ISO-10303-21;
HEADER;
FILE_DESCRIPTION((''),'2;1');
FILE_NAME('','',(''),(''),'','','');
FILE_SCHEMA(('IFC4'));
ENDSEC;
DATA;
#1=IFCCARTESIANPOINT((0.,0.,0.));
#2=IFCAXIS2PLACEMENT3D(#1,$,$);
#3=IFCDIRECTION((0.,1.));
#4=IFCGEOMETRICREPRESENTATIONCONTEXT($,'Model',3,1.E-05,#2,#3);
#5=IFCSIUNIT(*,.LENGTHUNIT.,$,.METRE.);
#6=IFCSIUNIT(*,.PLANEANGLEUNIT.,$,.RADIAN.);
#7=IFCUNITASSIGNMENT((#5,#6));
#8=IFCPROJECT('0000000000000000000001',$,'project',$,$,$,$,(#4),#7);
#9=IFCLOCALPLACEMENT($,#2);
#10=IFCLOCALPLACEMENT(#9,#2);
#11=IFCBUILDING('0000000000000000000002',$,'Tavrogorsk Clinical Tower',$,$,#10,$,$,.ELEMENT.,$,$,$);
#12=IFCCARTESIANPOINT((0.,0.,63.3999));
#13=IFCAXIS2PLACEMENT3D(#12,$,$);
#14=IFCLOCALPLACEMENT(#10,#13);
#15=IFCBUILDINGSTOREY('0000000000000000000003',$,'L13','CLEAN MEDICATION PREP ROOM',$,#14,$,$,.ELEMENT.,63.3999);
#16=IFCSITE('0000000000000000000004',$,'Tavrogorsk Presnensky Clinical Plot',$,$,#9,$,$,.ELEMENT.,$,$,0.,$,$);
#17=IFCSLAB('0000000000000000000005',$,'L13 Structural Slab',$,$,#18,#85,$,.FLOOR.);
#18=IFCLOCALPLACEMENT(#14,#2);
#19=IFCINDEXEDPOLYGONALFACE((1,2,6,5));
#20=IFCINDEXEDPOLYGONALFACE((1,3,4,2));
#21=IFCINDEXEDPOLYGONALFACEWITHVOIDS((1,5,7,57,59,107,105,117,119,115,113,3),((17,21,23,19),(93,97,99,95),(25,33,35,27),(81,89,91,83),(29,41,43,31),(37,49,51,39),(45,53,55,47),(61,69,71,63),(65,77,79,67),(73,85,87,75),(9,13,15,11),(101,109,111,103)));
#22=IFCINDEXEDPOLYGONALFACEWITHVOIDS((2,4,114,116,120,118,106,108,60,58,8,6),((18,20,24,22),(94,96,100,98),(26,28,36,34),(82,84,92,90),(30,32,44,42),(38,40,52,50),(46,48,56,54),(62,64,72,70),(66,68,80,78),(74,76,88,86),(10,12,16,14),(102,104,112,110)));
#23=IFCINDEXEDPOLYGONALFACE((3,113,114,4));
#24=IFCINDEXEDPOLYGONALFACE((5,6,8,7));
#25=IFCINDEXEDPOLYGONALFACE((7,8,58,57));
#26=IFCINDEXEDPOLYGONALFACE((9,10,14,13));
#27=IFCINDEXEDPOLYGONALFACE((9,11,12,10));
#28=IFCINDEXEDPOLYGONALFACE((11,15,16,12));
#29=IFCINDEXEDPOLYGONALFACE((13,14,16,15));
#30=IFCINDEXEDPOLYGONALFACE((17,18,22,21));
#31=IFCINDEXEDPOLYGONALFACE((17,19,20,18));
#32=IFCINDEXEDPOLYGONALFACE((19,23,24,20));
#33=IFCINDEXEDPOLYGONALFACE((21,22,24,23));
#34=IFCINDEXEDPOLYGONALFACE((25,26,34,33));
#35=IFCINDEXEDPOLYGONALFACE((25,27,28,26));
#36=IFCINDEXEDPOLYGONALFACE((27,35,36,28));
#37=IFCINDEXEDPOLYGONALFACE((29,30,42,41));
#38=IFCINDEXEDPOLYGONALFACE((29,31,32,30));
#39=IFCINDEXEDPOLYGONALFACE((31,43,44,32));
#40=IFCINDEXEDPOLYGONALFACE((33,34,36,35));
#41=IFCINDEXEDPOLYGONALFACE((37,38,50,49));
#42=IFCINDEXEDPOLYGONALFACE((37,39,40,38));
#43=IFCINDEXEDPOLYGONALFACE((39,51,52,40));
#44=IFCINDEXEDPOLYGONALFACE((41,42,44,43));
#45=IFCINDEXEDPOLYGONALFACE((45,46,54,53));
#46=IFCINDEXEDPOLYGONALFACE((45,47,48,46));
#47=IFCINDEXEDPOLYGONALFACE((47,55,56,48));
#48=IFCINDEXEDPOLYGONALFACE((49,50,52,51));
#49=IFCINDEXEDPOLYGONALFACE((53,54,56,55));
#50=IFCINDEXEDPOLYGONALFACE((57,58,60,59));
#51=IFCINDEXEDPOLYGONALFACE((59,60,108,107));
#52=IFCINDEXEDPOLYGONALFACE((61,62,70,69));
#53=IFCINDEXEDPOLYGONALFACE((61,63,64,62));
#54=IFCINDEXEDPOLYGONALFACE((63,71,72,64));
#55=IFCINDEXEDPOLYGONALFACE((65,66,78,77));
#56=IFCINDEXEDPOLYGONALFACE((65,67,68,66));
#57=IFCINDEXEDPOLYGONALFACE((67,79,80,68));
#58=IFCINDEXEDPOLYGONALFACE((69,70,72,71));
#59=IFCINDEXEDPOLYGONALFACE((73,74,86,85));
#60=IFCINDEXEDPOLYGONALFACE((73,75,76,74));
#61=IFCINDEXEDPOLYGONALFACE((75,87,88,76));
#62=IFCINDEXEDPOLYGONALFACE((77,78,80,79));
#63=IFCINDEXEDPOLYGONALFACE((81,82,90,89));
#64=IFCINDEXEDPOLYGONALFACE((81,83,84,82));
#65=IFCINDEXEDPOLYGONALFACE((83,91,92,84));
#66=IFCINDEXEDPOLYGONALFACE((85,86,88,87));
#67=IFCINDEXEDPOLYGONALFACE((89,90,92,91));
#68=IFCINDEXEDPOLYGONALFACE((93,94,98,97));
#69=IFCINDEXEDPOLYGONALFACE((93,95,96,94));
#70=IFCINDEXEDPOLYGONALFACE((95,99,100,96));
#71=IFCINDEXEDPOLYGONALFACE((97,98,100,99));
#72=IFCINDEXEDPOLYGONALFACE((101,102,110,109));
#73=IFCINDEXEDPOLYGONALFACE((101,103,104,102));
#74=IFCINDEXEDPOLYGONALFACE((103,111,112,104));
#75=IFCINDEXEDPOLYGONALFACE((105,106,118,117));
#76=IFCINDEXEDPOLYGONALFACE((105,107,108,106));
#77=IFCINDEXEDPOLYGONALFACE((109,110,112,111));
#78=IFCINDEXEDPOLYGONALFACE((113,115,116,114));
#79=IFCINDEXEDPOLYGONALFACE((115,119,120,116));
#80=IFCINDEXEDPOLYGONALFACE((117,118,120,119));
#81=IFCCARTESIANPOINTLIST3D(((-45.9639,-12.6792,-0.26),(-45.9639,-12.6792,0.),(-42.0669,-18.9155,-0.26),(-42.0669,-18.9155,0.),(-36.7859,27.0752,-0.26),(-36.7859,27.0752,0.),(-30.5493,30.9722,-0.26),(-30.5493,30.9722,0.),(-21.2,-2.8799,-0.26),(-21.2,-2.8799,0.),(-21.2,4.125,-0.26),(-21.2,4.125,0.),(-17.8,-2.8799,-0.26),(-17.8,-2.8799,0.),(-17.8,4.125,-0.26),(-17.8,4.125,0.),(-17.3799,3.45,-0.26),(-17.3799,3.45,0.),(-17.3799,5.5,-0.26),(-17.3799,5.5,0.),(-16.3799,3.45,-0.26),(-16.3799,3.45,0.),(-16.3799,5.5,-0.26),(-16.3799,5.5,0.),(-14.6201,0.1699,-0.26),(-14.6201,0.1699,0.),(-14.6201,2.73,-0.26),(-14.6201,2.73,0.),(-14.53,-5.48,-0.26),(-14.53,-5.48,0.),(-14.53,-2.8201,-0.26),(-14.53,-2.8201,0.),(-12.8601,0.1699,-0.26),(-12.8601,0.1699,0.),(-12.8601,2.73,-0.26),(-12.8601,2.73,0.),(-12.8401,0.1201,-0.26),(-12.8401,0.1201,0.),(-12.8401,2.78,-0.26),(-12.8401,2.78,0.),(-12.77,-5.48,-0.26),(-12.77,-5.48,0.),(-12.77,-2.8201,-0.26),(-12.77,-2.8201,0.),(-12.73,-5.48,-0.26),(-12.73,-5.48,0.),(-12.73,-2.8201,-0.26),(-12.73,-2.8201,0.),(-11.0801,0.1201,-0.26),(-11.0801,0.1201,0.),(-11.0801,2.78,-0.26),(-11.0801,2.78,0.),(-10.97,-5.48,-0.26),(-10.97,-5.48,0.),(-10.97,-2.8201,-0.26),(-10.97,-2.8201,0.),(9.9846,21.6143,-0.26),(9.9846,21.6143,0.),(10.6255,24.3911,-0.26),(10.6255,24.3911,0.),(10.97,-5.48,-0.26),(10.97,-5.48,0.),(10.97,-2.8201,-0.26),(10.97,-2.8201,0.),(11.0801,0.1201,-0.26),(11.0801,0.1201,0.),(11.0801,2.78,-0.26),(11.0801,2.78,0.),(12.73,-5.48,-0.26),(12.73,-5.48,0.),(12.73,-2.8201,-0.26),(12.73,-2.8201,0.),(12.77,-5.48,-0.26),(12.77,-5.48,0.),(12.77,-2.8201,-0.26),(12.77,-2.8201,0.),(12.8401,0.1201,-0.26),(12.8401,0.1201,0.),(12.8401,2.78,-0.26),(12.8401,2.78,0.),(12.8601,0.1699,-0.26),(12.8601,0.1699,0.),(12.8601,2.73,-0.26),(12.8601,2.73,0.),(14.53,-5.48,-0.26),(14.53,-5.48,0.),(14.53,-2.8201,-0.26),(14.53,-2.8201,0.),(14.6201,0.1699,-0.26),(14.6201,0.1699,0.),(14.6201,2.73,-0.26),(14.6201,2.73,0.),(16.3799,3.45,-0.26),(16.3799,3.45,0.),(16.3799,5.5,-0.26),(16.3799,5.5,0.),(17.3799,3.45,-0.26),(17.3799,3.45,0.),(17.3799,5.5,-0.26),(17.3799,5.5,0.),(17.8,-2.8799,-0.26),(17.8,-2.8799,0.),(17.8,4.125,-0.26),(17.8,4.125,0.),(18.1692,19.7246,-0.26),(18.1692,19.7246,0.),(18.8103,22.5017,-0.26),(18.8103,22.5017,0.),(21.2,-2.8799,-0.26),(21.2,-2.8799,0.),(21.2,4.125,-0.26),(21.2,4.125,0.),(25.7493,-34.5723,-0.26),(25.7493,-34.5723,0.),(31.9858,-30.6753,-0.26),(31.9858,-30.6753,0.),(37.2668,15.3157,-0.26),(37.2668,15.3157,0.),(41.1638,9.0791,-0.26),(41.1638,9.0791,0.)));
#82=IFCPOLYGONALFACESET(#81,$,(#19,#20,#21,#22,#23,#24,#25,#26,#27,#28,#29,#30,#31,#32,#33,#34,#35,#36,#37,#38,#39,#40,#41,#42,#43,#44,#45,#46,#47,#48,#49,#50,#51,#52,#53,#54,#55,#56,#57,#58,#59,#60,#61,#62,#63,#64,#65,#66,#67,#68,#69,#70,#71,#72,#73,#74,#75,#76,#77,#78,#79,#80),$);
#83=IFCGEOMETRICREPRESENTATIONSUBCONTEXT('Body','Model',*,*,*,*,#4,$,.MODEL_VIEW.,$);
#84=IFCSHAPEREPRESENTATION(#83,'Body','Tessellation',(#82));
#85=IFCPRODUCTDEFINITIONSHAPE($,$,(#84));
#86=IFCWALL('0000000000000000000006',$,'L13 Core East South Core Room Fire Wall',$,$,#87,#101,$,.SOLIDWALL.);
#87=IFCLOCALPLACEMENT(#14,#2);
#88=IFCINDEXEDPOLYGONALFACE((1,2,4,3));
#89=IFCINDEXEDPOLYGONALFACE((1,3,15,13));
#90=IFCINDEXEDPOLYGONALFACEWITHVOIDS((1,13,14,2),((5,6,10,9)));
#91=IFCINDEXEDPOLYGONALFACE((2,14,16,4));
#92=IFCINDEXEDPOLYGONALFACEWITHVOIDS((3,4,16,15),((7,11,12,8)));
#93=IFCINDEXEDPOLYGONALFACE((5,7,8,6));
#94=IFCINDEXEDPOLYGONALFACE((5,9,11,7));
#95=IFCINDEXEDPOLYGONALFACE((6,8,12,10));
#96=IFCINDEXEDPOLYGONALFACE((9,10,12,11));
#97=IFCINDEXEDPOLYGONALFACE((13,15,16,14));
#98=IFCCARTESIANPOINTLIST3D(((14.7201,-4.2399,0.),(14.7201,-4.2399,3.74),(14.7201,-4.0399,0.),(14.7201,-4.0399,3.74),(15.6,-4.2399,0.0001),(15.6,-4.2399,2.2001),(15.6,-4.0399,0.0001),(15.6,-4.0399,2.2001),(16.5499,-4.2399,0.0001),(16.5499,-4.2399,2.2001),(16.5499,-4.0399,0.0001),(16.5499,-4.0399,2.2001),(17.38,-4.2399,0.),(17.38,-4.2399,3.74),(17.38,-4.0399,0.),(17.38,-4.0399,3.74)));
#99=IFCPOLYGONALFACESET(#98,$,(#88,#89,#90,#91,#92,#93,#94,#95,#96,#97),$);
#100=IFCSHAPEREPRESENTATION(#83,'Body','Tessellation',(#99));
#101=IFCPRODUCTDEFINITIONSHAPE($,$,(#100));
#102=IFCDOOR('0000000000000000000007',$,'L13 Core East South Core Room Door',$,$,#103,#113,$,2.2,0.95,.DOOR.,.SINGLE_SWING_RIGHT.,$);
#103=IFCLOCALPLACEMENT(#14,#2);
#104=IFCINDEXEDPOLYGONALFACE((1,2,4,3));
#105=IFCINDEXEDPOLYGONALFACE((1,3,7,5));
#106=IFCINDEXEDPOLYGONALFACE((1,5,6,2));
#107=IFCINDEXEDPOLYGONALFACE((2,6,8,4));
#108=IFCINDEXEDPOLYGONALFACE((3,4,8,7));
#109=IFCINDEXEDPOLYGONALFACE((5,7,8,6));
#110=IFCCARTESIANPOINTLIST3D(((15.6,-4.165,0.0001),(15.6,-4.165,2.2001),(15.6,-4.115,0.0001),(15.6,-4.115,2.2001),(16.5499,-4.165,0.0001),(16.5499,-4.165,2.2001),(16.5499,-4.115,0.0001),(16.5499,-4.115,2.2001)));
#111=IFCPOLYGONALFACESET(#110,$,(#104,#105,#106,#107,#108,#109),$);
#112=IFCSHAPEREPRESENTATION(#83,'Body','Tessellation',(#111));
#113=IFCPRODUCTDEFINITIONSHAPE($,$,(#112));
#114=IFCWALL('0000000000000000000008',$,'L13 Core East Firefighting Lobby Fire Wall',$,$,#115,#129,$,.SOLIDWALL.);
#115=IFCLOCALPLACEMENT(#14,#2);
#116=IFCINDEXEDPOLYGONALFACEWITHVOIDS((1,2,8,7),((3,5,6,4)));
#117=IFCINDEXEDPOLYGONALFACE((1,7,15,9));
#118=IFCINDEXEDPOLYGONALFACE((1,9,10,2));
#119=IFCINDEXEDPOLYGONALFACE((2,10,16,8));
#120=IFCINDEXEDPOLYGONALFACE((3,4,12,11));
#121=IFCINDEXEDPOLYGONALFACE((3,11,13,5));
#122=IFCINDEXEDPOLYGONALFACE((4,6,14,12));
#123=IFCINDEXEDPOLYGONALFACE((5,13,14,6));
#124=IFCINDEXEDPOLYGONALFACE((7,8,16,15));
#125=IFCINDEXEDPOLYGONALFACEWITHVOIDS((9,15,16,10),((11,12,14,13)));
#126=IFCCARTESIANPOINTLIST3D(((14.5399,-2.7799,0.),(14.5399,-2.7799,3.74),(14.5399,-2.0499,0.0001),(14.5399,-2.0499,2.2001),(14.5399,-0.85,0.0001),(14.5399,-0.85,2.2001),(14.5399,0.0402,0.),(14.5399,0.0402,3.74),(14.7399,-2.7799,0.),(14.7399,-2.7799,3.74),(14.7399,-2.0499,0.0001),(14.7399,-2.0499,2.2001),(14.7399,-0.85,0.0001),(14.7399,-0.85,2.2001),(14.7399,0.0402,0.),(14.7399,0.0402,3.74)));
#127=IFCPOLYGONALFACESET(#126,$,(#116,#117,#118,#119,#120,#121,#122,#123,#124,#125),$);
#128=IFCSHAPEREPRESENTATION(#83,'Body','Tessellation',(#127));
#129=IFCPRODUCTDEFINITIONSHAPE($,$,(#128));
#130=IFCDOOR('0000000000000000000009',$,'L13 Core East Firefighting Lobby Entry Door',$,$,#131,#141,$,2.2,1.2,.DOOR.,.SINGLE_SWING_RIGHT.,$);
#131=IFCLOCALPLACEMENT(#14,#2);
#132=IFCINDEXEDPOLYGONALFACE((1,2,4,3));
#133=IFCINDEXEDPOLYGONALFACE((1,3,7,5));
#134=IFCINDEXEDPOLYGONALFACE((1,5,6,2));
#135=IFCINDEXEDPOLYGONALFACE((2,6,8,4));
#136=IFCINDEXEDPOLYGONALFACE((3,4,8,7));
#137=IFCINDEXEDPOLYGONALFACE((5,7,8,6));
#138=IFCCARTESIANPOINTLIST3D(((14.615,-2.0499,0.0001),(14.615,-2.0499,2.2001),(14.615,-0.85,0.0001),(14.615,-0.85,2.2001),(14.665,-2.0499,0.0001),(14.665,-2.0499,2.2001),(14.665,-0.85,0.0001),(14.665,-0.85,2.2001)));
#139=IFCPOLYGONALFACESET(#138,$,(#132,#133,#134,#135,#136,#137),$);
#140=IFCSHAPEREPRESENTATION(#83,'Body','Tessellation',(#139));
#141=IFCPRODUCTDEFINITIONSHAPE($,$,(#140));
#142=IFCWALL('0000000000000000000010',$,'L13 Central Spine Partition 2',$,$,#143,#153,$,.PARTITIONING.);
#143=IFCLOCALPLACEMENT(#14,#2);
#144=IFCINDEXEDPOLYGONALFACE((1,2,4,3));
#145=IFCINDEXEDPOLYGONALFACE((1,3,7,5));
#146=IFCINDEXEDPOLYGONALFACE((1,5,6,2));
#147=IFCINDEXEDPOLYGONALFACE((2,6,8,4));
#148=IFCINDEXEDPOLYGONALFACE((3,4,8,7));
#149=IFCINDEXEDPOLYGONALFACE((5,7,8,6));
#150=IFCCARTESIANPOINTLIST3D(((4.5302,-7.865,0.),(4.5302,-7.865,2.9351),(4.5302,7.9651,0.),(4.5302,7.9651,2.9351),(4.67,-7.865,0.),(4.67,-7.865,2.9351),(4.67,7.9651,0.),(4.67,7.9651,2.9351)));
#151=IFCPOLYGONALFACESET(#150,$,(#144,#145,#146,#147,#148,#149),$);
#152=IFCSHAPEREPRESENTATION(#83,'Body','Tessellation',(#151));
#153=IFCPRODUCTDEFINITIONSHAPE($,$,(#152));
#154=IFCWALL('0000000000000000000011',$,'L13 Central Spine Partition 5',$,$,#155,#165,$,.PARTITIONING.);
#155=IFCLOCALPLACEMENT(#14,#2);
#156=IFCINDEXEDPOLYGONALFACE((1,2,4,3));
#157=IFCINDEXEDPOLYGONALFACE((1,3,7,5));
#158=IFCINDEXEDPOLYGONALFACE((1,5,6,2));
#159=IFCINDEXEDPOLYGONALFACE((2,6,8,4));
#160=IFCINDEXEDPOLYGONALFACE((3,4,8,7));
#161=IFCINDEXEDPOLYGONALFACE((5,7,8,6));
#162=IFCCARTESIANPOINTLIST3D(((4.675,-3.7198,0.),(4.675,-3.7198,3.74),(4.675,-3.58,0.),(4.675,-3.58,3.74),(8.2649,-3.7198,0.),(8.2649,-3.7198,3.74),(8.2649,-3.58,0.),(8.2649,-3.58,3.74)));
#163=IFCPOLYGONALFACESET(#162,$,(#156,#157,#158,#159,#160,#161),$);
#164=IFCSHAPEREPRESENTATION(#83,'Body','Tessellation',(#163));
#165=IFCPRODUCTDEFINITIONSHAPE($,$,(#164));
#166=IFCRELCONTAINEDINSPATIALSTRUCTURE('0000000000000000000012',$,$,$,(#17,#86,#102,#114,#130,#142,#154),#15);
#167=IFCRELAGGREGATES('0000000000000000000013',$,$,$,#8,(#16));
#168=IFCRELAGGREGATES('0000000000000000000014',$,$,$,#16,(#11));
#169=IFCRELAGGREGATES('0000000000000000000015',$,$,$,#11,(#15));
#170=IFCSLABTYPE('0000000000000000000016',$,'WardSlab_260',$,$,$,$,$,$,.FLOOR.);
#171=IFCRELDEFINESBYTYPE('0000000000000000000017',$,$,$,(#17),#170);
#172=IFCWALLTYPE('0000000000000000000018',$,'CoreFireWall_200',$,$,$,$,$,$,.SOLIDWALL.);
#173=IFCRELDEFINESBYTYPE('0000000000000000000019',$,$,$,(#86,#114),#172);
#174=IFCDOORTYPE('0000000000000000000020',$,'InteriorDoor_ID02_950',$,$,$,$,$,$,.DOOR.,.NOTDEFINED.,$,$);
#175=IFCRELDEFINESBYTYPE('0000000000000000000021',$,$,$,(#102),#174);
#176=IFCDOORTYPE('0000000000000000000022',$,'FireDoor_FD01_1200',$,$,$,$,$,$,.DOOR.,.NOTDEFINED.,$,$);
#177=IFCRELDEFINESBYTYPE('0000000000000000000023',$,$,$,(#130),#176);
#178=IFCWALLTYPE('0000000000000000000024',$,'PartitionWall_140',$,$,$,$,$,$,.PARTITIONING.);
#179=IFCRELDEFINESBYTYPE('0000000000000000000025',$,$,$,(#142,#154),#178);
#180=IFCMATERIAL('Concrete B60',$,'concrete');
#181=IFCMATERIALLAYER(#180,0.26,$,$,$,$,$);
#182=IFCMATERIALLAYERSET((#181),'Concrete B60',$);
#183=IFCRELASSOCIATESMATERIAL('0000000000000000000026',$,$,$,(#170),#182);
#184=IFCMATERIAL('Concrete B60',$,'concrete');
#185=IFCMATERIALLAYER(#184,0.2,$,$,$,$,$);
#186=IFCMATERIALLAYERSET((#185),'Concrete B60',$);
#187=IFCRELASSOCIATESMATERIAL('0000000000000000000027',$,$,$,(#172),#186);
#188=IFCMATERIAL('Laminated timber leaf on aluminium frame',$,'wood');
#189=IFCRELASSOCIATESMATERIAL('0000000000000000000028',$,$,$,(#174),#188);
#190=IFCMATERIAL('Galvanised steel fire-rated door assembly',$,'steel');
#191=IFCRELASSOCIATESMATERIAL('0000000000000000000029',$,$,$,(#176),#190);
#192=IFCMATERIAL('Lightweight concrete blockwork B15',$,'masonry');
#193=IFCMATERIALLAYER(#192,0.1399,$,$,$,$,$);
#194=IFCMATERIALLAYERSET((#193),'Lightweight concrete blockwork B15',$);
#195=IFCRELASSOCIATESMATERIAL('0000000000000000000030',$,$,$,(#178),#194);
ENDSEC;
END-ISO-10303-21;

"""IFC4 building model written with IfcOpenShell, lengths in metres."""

from ifc_helpers import new_model, si_unit, direction, frame, frame_2d, origin, place, context, subcontext, project, spatial, polyline, rectangle, outline, extrude, material, layer, layer_set, type_object, element, fill, save


model = new_model("IFC4")

# Units and contexts
model_context = context("Model", 3, precision=1e-05, world=origin(), true_north=direction((0.0, 1.0)))
body_context = subcontext(model_context, "Body", "Model", "MODEL_VIEW")
ifc_project = project(units=[si_unit("LENGTHUNIT", "METRE"), si_unit("PLANEANGLEUNIT", "RADIAN")], contexts=[model_context])

# Site, building, storey
site_placement = place(None, origin())
site = spatial("IfcSite", under=ifc_project, at=site_placement, Name="Tavrogorsk Presnensky Clinical Plot", CompositionType="ELEMENT", RefElevation=0.0)
building_placement = place(site_placement, origin())
building = spatial("IfcBuilding", under=site, at=building_placement, Name="Tavrogorsk Clinical Tower", CompositionType="ELEMENT")
storey_placement = place(building_placement, frame((0.0, 0.0, 63.3999)))
storey = spatial("IfcBuildingStorey", under=building, at=storey_placement, Name="L13", Description="CLEAN MEDICATION PREP ROOM", CompositionType="ELEMENT", Elevation=63.3999)

# Slab
ifc_material_1 = material(Name="Concrete B60", Category="concrete")
ifc_layer_1 = layer(ifc_material_1, 0.26)
ifc_layer_set_1 = layer_set([ifc_layer_1], Name="Concrete B60")
slab_type = type_object("IfcSlabType", Name="WardSlab_260", PredefinedType="FLOOR", material=ifc_layer_set_1)
slab_placement = place(storey_placement, frame((0.0, 0.0, -0.26)))
element("IfcSlab", 1, at=slab_placement, inside=storey, type_object=slab_type, Name="L13 Structural Slab", PredefinedType="FLOOR", context=body_context, shape_type="SweptSolid", body=[
    extrude(outline(polyline([(37.2668, 15.3157), (41.1638, 9.0791), (31.9858, -30.6753), (25.7493, -34.5723), (-42.0669, -18.9155), (-45.9639, -12.6792), (-36.7859, 27.0752), (-30.5493, 30.9722), (9.9846, 21.6143), (10.6255, 24.3911), (18.8103, 22.5017), (18.1692, 19.7246), (37.2668, 15.3157)]), holes=[polyline([(-17.8, -2.8799), (-17.8, 4.125), (-21.2, 4.125), (-21.2, -2.8799), (-17.8, -2.8799)]), polyline([(21.2, -2.8799), (21.2, 4.125), (17.8, 4.125), (17.8, -2.8799), (21.2, -2.8799)]), polyline([(-14.6201, 0.1699), (-12.8601, 0.1699), (-12.8601, 2.73), (-14.6201, 2.73), (-14.6201, 0.1699)]), polyline([(-14.53, -5.48), (-12.77, -5.48), (-12.77, -2.8201), (-14.53, -2.8201), (-14.53, -5.48)]), polyline([(-12.73, -5.48), (-10.97, -5.48), (-10.97, -2.8201), (-12.73, -2.8201), (-12.73, -5.48)]), polyline([(-12.8401, 0.1201), (-11.0801, 0.1201), (-11.0801, 2.78), (-12.8401, 2.78), (-12.8401, 0.1201)]), polyline([(12.8601, 0.1699), (14.6201, 0.1699), (14.6201, 2.73), (12.8601, 2.73), (12.8601, 0.1699)]), polyline([(12.77, -5.48), (14.53, -5.48), (14.53, -2.8201), (12.77, -2.8201), (12.77, -5.48)]), polyline([(10.97, -5.48), (12.73, -5.48), (12.73, -2.8201), (10.97, -2.8201), (10.97, -5.48)]), polyline([(11.0801, 0.1201), (12.8401, 0.1201), (12.8401, 2.78), (11.0801, 2.78), (11.0801, 0.1201)]), polyline([(-17.3799, 3.45), (-16.3799, 3.45), (-16.3799, 5.5), (-17.3799, 5.5), (-17.3799, 3.45)]), polyline([(16.3799, 3.45), (17.3799, 3.45), (17.3799, 5.5), (16.3799, 5.5), (16.3799, 3.45)])]), origin(), (0.0, 0.0, 1.0), 0.26),
])

# Walls, openings, doors
ifc_material_2 = material(Name="Concrete B60", Category="concrete")
ifc_layer_2 = layer(ifc_material_2, 0.2)
ifc_layer_set_2 = layer_set([ifc_layer_2], Name="Concrete B60")
wall_type_1 = type_object("IfcWallType", Name="CoreFireWall_200", PredefinedType="SOLIDWALL", material=ifc_layer_set_2)
wall_1_placement = place(storey_placement, frame((14.72, -4.1399, 0.0), z_axis=(0.0, 0.0, 1.0), x_axis=(1.0, 0.0, 0.0)))
wall_1 = element("IfcWall", 2, at=wall_1_placement, inside=storey, type_object=wall_type_1, Name="L13 Core East South Core Room Fire Wall", PredefinedType="SOLIDWALL", context=body_context, shape_type="SweptSolid", body=[
    extrude(rectangle(XDim=2.6599, YDim=0.2, at=frame_2d((1.3301, 0.0))), origin(), (0.0, 0.0, 1.0), 3.74),
])
opening_1_placement = place(wall_1_placement, frame((0.8799, 0.0, 0.0)))
opening_1 = element("IfcOpeningElement", 3, at=opening_1_placement, cuts=wall_1, PredefinedType="OPENING", context=body_context, shape_type="SweptSolid", body=[
    extrude(rectangle(XDim=0.95, YDim=2.2, at=frame_2d((0.4751, 1.1001))), frame((0.0, 0.1099, 0.0), z_axis=(0.0, -1.0, 0.0), x_axis=(1.0, 0.0, 0.0)), (0.0, 0.0, 1.0), 0.22),
])
ifc_material_3 = material(Name="Laminated timber leaf on aluminium frame", Category="wood")
door_type_1 = type_object("IfcDoorType", Name="InteriorDoor_ID02_950", OperationType="NOTDEFINED", PredefinedType="DOOR", material=ifc_material_3)
door_1_placement = place(opening_1_placement, origin())
door_1 = element("IfcDoor", 4, at=door_1_placement, inside=storey, type_object=door_type_1, Name="L13 Core East South Core Room Door", OperationType="SINGLE_SWING_RIGHT", OverallHeight=2.2, OverallWidth=0.95, PredefinedType="DOOR", context=body_context, shape_type="SweptSolid", body=[
    extrude(rectangle(XDim=0.95, YDim=2.2, at=frame_2d((0.4751, 1.1001))), frame((0.0, 0.0249, 0.0), z_axis=(0.0, -1.0, 0.0), x_axis=(1.0, 0.0, 0.0)), (0.0, 0.0, 1.0), 0.05),
])
fill(opening_1, door_1)
wall_2_placement = place(storey_placement, frame((14.6399, -2.78, 0.0), z_axis=(0.0, 0.0, 1.0), x_axis=(0.0, 1.0, 0.0)))
wall_2 = element("IfcWall", 5, at=wall_2_placement, inside=storey, type_object=wall_type_1, Name="L13 Core East Firefighting Lobby Fire Wall", PredefinedType="SOLIDWALL", context=body_context, shape_type="SweptSolid", body=[
    extrude(rectangle(XDim=2.8201, YDim=0.2, at=frame_2d((1.4102, 0.0))), origin(), (0.0, 0.0, 1.0), 3.74),
])
opening_2_placement = place(wall_2_placement, frame((0.73, 0.0, 0.0)))
opening_2 = element("IfcOpeningElement", 6, at=opening_2_placement, cuts=wall_2, PredefinedType="OPENING", context=body_context, shape_type="SweptSolid", body=[
    extrude(rectangle(XDim=1.2, YDim=2.2, at=frame_2d((0.6001, 1.1001))), frame((0.0, 0.1099, 0.0), z_axis=(0.0, -1.0, 0.0), x_axis=(1.0, 0.0, 0.0)), (0.0, 0.0, 1.0), 0.22),
])
ifc_material_4 = material(Name="Galvanised steel fire-rated door assembly", Category="steel")
door_type_2 = type_object("IfcDoorType", Name="FireDoor_FD01_1200", OperationType="NOTDEFINED", PredefinedType="DOOR", material=ifc_material_4)
door_2_placement = place(opening_2_placement, origin())
door_2 = element("IfcDoor", 7, at=door_2_placement, inside=storey, type_object=door_type_2, Name="L13 Core East Firefighting Lobby Entry Door", OperationType="SINGLE_SWING_RIGHT", OverallHeight=2.2, OverallWidth=1.2, PredefinedType="DOOR", context=body_context, shape_type="SweptSolid", body=[
    extrude(rectangle(XDim=1.2, YDim=2.2, at=frame_2d((0.6001, 1.1001))), frame((0.0, 0.0249, 0.0), z_axis=(0.0, -1.0, 0.0), x_axis=(1.0, 0.0, 0.0)), (0.0, 0.0, 1.0), 0.05),
])
fill(opening_2, door_2)

# Walls
ifc_material_5 = material(Name="Lightweight concrete blockwork B15", Category="masonry")
ifc_layer_3 = layer(ifc_material_5, 0.1399)
ifc_layer_set_3 = layer_set([ifc_layer_3], Name="Lightweight concrete blockwork B15")
wall_type_2 = type_object("IfcWallType", Name="PartitionWall_140", PredefinedType="PARTITIONING", material=ifc_layer_set_3)
wall_3_placement = place(storey_placement, frame((4.6001, -7.865, 0.0), z_axis=(0.0, 0.0, 1.0), x_axis=(0.0, 1.0, 0.0)))
element("IfcWall", 8, at=wall_3_placement, inside=storey, type_object=wall_type_2, Name="L13 Central Spine Partition 2", PredefinedType="PARTITIONING", context=body_context, shape_type="SweptSolid", body=[
    extrude(rectangle(XDim=15.8301, YDim=0.1399, at=frame_2d((7.915, 0.0))), origin(), (0.0, 0.0, 1.0), 2.9351),
])
wall_4_placement = place(storey_placement, frame((4.675, -3.6499, 0.0), z_axis=(0.0, 0.0, 1.0), x_axis=(1.0, 0.0, 0.0)))
element("IfcWall", 9, at=wall_4_placement, inside=storey, type_object=wall_type_2, Name="L13 Central Spine Partition 5", PredefinedType="PARTITIONING", context=body_context, shape_type="SweptSolid", body=[
    extrude(rectangle(XDim=3.5898, YDim=0.1399, at=frame_2d((1.7949, 0.0))), origin(), (0.0, 0.0, 1.0), 3.74),
])

save(model, "model.ifc")
